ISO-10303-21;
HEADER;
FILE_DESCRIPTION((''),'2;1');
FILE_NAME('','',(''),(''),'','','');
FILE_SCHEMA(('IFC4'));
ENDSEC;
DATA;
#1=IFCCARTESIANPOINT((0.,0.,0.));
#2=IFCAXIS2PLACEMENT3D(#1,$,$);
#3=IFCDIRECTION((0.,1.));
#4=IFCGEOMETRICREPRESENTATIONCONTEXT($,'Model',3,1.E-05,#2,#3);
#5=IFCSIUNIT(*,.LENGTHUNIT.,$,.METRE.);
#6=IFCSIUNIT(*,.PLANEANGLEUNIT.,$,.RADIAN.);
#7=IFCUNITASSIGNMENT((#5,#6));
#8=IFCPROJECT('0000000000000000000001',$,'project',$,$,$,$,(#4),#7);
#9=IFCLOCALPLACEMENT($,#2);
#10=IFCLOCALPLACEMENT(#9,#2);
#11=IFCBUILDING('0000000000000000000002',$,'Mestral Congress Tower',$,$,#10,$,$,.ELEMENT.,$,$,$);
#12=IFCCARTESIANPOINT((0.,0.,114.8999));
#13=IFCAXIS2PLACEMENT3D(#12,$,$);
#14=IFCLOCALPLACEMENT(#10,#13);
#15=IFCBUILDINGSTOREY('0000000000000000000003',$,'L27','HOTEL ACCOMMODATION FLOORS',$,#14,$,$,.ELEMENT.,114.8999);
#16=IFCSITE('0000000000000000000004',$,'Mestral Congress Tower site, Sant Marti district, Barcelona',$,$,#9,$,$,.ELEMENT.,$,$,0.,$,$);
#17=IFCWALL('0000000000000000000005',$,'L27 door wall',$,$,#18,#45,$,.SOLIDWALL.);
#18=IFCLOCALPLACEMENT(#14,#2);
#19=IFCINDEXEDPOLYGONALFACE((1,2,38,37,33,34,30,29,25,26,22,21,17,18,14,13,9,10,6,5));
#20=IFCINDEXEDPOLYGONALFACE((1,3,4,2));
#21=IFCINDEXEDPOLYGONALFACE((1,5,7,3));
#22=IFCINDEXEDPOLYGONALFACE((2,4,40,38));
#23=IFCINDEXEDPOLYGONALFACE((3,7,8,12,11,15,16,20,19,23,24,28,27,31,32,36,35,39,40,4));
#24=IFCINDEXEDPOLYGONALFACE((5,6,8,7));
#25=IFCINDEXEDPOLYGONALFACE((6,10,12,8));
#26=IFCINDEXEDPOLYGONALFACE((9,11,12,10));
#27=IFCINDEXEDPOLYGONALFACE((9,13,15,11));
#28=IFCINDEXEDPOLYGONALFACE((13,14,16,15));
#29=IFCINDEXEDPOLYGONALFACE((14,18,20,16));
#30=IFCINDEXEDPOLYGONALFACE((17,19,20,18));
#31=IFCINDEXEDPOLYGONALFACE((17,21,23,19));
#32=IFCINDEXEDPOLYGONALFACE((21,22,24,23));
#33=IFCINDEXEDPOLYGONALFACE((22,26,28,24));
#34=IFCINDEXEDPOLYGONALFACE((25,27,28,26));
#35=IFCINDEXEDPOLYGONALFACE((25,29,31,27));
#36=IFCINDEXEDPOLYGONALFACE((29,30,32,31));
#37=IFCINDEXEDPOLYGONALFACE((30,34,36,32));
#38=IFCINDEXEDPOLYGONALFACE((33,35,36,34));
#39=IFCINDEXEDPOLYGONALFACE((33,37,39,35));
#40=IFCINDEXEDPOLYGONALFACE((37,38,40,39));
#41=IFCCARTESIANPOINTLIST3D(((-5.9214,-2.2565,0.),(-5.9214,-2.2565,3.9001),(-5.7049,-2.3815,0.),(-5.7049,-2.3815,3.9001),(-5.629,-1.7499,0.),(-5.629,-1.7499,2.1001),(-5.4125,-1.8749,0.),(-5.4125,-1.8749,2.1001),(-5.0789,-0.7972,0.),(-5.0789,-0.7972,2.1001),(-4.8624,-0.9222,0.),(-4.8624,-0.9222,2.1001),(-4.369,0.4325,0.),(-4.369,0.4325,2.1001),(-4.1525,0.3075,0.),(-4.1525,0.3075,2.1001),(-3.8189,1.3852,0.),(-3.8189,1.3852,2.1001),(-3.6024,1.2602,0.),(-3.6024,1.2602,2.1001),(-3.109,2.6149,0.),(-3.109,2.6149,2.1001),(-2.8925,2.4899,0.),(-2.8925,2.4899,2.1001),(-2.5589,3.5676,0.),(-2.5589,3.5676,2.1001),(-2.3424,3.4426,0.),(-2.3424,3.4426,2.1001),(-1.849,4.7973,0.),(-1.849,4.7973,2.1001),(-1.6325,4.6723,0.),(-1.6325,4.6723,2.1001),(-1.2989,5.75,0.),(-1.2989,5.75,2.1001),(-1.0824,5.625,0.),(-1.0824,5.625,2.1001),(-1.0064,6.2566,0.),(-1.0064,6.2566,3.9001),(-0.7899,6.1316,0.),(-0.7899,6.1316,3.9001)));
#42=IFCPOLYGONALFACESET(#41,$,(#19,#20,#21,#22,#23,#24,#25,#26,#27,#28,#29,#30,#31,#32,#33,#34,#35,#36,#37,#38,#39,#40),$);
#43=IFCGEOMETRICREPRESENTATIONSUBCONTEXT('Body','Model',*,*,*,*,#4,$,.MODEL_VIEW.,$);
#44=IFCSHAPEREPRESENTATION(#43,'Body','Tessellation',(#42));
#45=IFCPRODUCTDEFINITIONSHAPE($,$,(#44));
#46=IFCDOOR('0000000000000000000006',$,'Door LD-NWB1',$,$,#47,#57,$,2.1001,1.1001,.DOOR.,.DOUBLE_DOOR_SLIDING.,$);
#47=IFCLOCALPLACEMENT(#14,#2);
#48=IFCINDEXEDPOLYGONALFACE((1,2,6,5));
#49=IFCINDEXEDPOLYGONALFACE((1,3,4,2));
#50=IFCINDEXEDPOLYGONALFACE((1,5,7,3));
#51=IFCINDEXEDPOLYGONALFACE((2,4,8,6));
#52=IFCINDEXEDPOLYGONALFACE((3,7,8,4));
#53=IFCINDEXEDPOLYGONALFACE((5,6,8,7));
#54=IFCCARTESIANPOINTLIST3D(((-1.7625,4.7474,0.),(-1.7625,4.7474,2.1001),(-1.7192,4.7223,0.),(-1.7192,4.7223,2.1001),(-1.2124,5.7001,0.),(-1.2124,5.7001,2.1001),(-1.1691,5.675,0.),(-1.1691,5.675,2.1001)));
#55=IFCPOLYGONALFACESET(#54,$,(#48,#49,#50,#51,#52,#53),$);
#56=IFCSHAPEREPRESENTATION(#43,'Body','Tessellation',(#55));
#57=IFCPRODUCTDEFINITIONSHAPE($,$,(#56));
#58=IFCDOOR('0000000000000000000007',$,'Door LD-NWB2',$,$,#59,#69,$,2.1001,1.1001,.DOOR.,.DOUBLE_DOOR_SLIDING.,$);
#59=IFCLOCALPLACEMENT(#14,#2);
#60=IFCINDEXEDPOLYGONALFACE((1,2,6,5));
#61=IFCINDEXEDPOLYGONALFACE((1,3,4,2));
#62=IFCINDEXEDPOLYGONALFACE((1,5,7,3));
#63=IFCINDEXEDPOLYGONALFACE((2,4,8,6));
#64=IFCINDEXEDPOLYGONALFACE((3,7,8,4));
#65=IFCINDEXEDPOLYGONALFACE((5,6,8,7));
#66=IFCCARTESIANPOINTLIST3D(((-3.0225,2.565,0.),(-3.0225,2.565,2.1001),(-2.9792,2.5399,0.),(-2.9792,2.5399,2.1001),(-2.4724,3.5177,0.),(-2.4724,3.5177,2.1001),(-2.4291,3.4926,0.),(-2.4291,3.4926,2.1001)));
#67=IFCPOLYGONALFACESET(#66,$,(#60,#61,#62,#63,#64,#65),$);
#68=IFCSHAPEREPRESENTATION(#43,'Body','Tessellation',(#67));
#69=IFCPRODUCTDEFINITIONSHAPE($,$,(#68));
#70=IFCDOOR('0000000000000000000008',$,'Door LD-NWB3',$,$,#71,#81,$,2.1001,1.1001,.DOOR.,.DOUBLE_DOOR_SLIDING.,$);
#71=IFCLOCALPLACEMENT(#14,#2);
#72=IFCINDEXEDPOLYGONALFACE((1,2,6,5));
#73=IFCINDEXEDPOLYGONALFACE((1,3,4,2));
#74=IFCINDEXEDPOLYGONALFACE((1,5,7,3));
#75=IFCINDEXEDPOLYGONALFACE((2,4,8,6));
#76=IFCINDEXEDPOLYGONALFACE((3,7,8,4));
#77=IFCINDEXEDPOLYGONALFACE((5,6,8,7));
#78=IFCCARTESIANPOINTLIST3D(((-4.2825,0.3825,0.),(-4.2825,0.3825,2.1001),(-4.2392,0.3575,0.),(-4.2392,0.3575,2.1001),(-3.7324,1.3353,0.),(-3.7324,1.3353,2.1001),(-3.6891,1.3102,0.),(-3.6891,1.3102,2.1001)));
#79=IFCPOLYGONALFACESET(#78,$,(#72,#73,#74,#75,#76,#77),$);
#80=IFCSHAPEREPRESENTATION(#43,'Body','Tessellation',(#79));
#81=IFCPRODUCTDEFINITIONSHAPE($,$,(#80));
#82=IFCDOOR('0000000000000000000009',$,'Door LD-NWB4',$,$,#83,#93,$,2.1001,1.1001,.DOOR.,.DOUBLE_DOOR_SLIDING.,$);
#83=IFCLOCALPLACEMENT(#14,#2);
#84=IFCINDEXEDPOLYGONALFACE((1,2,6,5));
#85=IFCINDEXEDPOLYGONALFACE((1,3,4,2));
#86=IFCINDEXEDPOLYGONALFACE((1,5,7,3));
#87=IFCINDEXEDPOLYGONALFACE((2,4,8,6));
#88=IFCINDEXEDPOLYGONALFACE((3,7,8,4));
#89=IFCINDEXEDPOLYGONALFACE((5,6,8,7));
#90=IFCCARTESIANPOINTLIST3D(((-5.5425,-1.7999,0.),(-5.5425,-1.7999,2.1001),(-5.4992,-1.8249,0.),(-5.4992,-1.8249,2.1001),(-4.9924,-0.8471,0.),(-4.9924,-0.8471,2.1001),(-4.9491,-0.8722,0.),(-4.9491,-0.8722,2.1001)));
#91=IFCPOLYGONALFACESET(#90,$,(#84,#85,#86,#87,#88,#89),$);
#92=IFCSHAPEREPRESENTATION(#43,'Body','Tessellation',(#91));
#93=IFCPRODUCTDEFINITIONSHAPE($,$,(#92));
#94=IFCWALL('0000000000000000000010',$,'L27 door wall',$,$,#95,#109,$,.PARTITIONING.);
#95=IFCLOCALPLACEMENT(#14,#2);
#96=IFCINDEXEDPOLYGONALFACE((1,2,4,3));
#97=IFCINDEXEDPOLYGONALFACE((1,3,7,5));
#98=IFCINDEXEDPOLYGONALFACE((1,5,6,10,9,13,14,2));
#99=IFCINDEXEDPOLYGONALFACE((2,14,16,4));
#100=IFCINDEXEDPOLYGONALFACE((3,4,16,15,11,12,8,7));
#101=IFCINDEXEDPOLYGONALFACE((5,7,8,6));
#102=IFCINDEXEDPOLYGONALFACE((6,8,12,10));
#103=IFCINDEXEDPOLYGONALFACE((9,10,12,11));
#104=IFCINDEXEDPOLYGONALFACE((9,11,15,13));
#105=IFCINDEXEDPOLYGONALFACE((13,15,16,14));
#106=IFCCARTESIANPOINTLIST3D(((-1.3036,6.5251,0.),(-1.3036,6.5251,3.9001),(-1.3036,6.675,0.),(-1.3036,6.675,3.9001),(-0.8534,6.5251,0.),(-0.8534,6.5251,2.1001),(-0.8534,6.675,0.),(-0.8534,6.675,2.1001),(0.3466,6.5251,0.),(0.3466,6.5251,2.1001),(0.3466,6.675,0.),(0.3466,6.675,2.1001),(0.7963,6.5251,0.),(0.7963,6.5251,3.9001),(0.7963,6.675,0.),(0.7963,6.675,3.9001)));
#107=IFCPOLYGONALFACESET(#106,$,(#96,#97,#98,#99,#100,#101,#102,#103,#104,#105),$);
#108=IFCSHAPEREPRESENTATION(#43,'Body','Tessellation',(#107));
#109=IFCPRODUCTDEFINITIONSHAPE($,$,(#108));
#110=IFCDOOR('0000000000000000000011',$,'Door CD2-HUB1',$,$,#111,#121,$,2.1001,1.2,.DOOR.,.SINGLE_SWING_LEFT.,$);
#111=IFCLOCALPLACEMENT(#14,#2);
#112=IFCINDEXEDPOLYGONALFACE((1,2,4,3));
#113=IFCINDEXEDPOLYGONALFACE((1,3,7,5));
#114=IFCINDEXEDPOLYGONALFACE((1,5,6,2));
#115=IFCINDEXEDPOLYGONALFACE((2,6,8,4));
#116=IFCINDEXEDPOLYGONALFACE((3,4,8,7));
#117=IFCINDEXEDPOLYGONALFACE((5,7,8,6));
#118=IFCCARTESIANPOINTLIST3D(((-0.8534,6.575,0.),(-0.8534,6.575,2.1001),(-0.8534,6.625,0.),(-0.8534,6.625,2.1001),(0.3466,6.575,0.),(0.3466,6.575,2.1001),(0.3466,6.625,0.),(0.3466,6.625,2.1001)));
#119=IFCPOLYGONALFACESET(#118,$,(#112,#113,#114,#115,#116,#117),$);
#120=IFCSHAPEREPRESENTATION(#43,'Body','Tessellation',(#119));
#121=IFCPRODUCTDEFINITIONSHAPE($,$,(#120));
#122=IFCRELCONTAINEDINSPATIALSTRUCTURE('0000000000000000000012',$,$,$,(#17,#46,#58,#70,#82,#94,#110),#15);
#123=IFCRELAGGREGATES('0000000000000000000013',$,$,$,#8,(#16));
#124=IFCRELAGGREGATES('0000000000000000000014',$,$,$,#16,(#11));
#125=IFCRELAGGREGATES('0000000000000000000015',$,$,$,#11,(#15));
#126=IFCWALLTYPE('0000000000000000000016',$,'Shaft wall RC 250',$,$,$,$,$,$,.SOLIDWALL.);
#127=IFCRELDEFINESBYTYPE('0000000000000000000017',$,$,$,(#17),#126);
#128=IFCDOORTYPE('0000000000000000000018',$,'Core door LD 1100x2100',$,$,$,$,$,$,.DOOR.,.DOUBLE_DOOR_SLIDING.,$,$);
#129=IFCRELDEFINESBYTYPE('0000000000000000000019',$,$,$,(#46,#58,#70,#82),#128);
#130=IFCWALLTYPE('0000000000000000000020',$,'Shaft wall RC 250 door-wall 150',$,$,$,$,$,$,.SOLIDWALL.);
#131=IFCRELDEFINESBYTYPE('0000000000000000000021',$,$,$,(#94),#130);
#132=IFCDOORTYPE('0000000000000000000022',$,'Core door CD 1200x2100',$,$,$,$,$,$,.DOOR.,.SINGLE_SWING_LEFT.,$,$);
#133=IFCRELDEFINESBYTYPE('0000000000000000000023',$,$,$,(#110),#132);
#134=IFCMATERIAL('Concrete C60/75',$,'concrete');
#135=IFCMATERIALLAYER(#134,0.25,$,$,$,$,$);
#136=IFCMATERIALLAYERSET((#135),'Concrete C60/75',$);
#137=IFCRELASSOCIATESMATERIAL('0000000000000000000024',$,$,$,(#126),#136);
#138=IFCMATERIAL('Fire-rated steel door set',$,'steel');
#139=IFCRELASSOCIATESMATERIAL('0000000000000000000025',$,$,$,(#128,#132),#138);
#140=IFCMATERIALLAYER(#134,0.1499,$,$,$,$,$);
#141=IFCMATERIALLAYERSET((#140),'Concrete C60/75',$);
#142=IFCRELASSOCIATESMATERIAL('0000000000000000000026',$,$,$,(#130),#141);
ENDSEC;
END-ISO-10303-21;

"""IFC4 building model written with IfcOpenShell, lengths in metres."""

from ifc_helpers import new_model, si_unit, direction, frame, frame_2d, origin, place, context, subcontext, project, spatial, rectangle, extrude, material, layer, layer_set, type_object, element, fill, save


model = new_model("IFC4")

# Units and contexts
model_context = context("Model", 3, precision=1e-05, world=origin(), true_north=direction((0.0, 1.0)))
body_context = subcontext(model_context, "Body", "Model", "MODEL_VIEW")
ifc_project = project(units=[si_unit("LENGTHUNIT", "METRE"), si_unit("PLANEANGLEUNIT", "RADIAN")], contexts=[model_context])

# Site, building, storey
site_placement = place(None, origin())
site = spatial("IfcSite", under=ifc_project, at=site_placement, Name="Mestral Congress Tower site, Sant Marti district, Barcelona", CompositionType="ELEMENT", RefElevation=0.0)
building_placement = place(site_placement, origin())
building = spatial("IfcBuilding", under=site, at=building_placement, Name="Mestral Congress Tower", CompositionType="ELEMENT")
storey_placement = place(building_placement, frame((0.0, 0.0, 114.8999)))
storey = spatial("IfcBuildingStorey", under=building, at=storey_placement, Name="L27", Description="HOTEL ACCOMMODATION FLOORS", CompositionType="ELEMENT", Elevation=114.8999)

# Shared definitions
ifc_material_1 = material(Name="Concrete C60/75", Category="concrete")
ifc_layer_1 = layer(ifc_material_1, 0.25)
ifc_layer_set_1 = layer_set([ifc_layer_1], Name="Concrete C60/75")
wall_type_1 = type_object("IfcWallType", Name="Shaft wall RC 250", PredefinedType="SOLIDWALL", material=ifc_layer_set_1)

# Wall, openings, doors
wall_1_placement = place(storey_placement, frame((-0.8982, 6.1941, 0.0), z_axis=(0.0, 0.0, 1.0), x_axis=(-0.499996, -0.866028, 0.0)))
wall_1 = element("IfcWall", 1, at=wall_1_placement, inside=storey, type_object=wall_type_1, Name="L27 door wall", PredefinedType="SOLIDWALL", context=body_context, shape_type="SweptSolid", body=[
    extrude(rectangle(XDim=9.8301, YDim=0.25, at=frame_2d((4.915, 0.0))), origin(), (0.0, 0.0, 1.0), 3.9001),
])
opening_1_placement = place(wall_1_placement, frame((0.585, 0.0, 0.0)))
opening_1 = element("IfcOpeningElement", 2, at=opening_1_placement, cuts=wall_1, PredefinedType="OPENING", context=body_context, shape_type="SweptSolid", body=[
    extrude(rectangle(XDim=1.1001, YDim=2.1001, at=frame_2d((0.55, 1.05))), frame((0.0, 0.135, 0.0), z_axis=(0.0, -1.0, 0.0), x_axis=(1.0, 0.0, 0.0)), (0.0, 0.0, 1.0), 0.27),
])
opening_2_placement = place(wall_1_placement, frame((3.105, 0.0, 0.0)))
opening_2 = element("IfcOpeningElement", 3, at=opening_2_placement, cuts=wall_1, PredefinedType="OPENING", context=body_context, shape_type="SweptSolid", body=[
    extrude(rectangle(XDim=1.1001, YDim=2.1001, at=frame_2d((0.55, 1.05))), frame((0.0, 0.135, 0.0), z_axis=(0.0, -1.0, 0.0), x_axis=(1.0, 0.0, 0.0)), (0.0, 0.0, 1.0), 0.27),
])
opening_3_placement = place(wall_1_placement, frame((5.625, 0.0, 0.0)))
opening_3 = element("IfcOpeningElement", 4, at=opening_3_placement, cuts=wall_1, PredefinedType="OPENING", context=body_context, shape_type="SweptSolid", body=[
    extrude(rectangle(XDim=1.1001, YDim=2.1001, at=frame_2d((0.55, 1.05))), frame((0.0, 0.135, 0.0), z_axis=(0.0, -1.0, 0.0), x_axis=(1.0, 0.0, 0.0)), (0.0, 0.0, 1.0), 0.27),
])
opening_4_placement = place(wall_1_placement, frame((8.145, 0.0, 0.0)))
opening_4 = element("IfcOpeningElement", 5, at=opening_4_placement, cuts=wall_1, PredefinedType="OPENING", context=body_context, shape_type="SweptSolid", body=[
    extrude(rectangle(XDim=1.1001, YDim=2.1001, at=frame_2d((0.55, 1.05))), frame((0.0, 0.135, 0.0), z_axis=(0.0, -1.0, 0.0), x_axis=(1.0, 0.0, 0.0)), (0.0, 0.0, 1.0), 0.27),
])
ifc_material_2 = material(Name="Fire-rated steel door set", Category="steel")
door_type_1 = type_object("IfcDoorType", Name="Core door LD 1100x2100", OperationType="DOUBLE_DOOR_SLIDING", PredefinedType="DOOR", material=ifc_material_2)
door_1_placement = place(opening_1_placement, origin())
door_1 = element("IfcDoor", 6, at=door_1_placement, inside=storey, type_object=door_type_1, Name="Door LD-NWB1", OperationType="DOUBLE_DOOR_SLIDING", OverallHeight=2.1001, OverallWidth=1.1001, PredefinedType="DOOR", context=body_context, shape_type="SweptSolid", body=[
    extrude(rectangle(XDim=1.1001, YDim=2.1001, at=frame_2d((0.55, 1.05))), frame((0.0, 0.0249, 0.0), z_axis=(0.0, -1.0, 0.0), x_axis=(1.0, 0.0, 0.0)), (0.0, 0.0, 1.0), 0.05),
])
fill(opening_1, door_1)
door_2_placement = place(opening_2_placement, origin())
door_2 = element("IfcDoor", 7, at=door_2_placement, inside=storey, type_object=door_type_1, Name="Door LD-NWB2", OperationType="DOUBLE_DOOR_SLIDING", OverallHeight=2.1001, OverallWidth=1.1001, PredefinedType="DOOR", context=body_context, shape_type="SweptSolid", body=[
    extrude(rectangle(XDim=1.1001, YDim=2.1001, at=frame_2d((0.55, 1.05))), frame((0.0, 0.0249, 0.0), z_axis=(0.0, -1.0, 0.0), x_axis=(1.0, 0.0, 0.0)), (0.0, 0.0, 1.0), 0.05),
])
fill(opening_2, door_2)
door_3_placement = place(opening_3_placement, origin())
door_3 = element("IfcDoor", 8, at=door_3_placement, inside=storey, type_object=door_type_1, Name="Door LD-NWB3", OperationType="DOUBLE_DOOR_SLIDING", OverallHeight=2.1001, OverallWidth=1.1001, PredefinedType="DOOR", context=body_context, shape_type="SweptSolid", body=[
    extrude(rectangle(XDim=1.1001, YDim=2.1001, at=frame_2d((0.55, 1.05))), frame((0.0, 0.0249, 0.0), z_axis=(0.0, -1.0, 0.0), x_axis=(1.0, 0.0, 0.0)), (0.0, 0.0, 1.0), 0.05),
])
fill(opening_3, door_3)
door_4_placement = place(opening_4_placement, origin())
door_4 = element("IfcDoor", 9, at=door_4_placement, inside=storey, type_object=door_type_1, Name="Door LD-NWB4", OperationType="DOUBLE_DOOR_SLIDING", OverallHeight=2.1001, OverallWidth=1.1001, PredefinedType="DOOR", context=body_context, shape_type="SweptSolid", body=[
    extrude(rectangle(XDim=1.1001, YDim=2.1001, at=frame_2d((0.55, 1.05))), frame((0.0, 0.0249, 0.0), z_axis=(0.0, -1.0, 0.0), x_axis=(1.0, 0.0, 0.0)), (0.0, 0.0, 1.0), 0.05),
])
fill(opening_4, door_4)

# Wall, opening, door
ifc_layer_2 = layer(ifc_material_1, 0.1499)
ifc_layer_set_2 = layer_set([ifc_layer_2], Name="Concrete C60/75")
wall_type_2 = type_object("IfcWallType", Name="Shaft wall RC 250 door-wall 150", PredefinedType="SOLIDWALL", material=ifc_layer_set_2)
wall_2_placement = place(storey_placement, frame((-1.3035, 6.6001, 0.0), z_axis=(0.0, 0.0, 1.0), x_axis=(1.0, 0.0, 0.0)))
wall_2 = element("IfcWall", 10, at=wall_2_placement, inside=storey, type_object=wall_type_2, Name="L27 door wall", PredefinedType="PARTITIONING", context=body_context, shape_type="SweptSolid", body=[
    extrude(rectangle(XDim=2.0999, YDim=0.1499, at=frame_2d((1.0498, 0.0))), origin(), (0.0, 0.0, 1.0), 3.9001),
])
opening_5_placement = place(wall_2_placement, frame((0.45, 0.0, 0.0)))
opening_5 = element("IfcOpeningElement", 11, at=opening_5_placement, cuts=wall_2, PredefinedType="OPENING", context=body_context, shape_type="SweptSolid", body=[
    extrude(rectangle(XDim=1.2, YDim=2.1001, at=frame_2d((0.6001, 1.05))), frame((0.0, 0.085, 0.0), z_axis=(0.0, -1.0, 0.0), x_axis=(1.0, 0.0, 0.0)), (0.0, 0.0, 1.0), 0.1699),
])
door_type_2 = type_object("IfcDoorType", Name="Core door CD 1200x2100", OperationType="SINGLE_SWING_LEFT", PredefinedType="DOOR", material=ifc_material_2)
door_5_placement = place(opening_5_placement, origin())
door_5 = element("IfcDoor", 12, at=door_5_placement, inside=storey, type_object=door_type_2, Name="Door CD2-HUB1", OperationType="SINGLE_SWING_LEFT", OverallHeight=2.1001, OverallWidth=1.2, PredefinedType="DOOR", context=body_context, shape_type="SweptSolid", body=[
    extrude(rectangle(XDim=1.2, YDim=2.1001, at=frame_2d((0.6001, 1.05))), frame((0.0, 0.0249, 0.0), z_axis=(0.0, -1.0, 0.0), x_axis=(1.0, 0.0, 0.0)), (0.0, 0.0, 1.0), 0.05),
])
fill(opening_5, door_5)

save(model, "model.ifc")
